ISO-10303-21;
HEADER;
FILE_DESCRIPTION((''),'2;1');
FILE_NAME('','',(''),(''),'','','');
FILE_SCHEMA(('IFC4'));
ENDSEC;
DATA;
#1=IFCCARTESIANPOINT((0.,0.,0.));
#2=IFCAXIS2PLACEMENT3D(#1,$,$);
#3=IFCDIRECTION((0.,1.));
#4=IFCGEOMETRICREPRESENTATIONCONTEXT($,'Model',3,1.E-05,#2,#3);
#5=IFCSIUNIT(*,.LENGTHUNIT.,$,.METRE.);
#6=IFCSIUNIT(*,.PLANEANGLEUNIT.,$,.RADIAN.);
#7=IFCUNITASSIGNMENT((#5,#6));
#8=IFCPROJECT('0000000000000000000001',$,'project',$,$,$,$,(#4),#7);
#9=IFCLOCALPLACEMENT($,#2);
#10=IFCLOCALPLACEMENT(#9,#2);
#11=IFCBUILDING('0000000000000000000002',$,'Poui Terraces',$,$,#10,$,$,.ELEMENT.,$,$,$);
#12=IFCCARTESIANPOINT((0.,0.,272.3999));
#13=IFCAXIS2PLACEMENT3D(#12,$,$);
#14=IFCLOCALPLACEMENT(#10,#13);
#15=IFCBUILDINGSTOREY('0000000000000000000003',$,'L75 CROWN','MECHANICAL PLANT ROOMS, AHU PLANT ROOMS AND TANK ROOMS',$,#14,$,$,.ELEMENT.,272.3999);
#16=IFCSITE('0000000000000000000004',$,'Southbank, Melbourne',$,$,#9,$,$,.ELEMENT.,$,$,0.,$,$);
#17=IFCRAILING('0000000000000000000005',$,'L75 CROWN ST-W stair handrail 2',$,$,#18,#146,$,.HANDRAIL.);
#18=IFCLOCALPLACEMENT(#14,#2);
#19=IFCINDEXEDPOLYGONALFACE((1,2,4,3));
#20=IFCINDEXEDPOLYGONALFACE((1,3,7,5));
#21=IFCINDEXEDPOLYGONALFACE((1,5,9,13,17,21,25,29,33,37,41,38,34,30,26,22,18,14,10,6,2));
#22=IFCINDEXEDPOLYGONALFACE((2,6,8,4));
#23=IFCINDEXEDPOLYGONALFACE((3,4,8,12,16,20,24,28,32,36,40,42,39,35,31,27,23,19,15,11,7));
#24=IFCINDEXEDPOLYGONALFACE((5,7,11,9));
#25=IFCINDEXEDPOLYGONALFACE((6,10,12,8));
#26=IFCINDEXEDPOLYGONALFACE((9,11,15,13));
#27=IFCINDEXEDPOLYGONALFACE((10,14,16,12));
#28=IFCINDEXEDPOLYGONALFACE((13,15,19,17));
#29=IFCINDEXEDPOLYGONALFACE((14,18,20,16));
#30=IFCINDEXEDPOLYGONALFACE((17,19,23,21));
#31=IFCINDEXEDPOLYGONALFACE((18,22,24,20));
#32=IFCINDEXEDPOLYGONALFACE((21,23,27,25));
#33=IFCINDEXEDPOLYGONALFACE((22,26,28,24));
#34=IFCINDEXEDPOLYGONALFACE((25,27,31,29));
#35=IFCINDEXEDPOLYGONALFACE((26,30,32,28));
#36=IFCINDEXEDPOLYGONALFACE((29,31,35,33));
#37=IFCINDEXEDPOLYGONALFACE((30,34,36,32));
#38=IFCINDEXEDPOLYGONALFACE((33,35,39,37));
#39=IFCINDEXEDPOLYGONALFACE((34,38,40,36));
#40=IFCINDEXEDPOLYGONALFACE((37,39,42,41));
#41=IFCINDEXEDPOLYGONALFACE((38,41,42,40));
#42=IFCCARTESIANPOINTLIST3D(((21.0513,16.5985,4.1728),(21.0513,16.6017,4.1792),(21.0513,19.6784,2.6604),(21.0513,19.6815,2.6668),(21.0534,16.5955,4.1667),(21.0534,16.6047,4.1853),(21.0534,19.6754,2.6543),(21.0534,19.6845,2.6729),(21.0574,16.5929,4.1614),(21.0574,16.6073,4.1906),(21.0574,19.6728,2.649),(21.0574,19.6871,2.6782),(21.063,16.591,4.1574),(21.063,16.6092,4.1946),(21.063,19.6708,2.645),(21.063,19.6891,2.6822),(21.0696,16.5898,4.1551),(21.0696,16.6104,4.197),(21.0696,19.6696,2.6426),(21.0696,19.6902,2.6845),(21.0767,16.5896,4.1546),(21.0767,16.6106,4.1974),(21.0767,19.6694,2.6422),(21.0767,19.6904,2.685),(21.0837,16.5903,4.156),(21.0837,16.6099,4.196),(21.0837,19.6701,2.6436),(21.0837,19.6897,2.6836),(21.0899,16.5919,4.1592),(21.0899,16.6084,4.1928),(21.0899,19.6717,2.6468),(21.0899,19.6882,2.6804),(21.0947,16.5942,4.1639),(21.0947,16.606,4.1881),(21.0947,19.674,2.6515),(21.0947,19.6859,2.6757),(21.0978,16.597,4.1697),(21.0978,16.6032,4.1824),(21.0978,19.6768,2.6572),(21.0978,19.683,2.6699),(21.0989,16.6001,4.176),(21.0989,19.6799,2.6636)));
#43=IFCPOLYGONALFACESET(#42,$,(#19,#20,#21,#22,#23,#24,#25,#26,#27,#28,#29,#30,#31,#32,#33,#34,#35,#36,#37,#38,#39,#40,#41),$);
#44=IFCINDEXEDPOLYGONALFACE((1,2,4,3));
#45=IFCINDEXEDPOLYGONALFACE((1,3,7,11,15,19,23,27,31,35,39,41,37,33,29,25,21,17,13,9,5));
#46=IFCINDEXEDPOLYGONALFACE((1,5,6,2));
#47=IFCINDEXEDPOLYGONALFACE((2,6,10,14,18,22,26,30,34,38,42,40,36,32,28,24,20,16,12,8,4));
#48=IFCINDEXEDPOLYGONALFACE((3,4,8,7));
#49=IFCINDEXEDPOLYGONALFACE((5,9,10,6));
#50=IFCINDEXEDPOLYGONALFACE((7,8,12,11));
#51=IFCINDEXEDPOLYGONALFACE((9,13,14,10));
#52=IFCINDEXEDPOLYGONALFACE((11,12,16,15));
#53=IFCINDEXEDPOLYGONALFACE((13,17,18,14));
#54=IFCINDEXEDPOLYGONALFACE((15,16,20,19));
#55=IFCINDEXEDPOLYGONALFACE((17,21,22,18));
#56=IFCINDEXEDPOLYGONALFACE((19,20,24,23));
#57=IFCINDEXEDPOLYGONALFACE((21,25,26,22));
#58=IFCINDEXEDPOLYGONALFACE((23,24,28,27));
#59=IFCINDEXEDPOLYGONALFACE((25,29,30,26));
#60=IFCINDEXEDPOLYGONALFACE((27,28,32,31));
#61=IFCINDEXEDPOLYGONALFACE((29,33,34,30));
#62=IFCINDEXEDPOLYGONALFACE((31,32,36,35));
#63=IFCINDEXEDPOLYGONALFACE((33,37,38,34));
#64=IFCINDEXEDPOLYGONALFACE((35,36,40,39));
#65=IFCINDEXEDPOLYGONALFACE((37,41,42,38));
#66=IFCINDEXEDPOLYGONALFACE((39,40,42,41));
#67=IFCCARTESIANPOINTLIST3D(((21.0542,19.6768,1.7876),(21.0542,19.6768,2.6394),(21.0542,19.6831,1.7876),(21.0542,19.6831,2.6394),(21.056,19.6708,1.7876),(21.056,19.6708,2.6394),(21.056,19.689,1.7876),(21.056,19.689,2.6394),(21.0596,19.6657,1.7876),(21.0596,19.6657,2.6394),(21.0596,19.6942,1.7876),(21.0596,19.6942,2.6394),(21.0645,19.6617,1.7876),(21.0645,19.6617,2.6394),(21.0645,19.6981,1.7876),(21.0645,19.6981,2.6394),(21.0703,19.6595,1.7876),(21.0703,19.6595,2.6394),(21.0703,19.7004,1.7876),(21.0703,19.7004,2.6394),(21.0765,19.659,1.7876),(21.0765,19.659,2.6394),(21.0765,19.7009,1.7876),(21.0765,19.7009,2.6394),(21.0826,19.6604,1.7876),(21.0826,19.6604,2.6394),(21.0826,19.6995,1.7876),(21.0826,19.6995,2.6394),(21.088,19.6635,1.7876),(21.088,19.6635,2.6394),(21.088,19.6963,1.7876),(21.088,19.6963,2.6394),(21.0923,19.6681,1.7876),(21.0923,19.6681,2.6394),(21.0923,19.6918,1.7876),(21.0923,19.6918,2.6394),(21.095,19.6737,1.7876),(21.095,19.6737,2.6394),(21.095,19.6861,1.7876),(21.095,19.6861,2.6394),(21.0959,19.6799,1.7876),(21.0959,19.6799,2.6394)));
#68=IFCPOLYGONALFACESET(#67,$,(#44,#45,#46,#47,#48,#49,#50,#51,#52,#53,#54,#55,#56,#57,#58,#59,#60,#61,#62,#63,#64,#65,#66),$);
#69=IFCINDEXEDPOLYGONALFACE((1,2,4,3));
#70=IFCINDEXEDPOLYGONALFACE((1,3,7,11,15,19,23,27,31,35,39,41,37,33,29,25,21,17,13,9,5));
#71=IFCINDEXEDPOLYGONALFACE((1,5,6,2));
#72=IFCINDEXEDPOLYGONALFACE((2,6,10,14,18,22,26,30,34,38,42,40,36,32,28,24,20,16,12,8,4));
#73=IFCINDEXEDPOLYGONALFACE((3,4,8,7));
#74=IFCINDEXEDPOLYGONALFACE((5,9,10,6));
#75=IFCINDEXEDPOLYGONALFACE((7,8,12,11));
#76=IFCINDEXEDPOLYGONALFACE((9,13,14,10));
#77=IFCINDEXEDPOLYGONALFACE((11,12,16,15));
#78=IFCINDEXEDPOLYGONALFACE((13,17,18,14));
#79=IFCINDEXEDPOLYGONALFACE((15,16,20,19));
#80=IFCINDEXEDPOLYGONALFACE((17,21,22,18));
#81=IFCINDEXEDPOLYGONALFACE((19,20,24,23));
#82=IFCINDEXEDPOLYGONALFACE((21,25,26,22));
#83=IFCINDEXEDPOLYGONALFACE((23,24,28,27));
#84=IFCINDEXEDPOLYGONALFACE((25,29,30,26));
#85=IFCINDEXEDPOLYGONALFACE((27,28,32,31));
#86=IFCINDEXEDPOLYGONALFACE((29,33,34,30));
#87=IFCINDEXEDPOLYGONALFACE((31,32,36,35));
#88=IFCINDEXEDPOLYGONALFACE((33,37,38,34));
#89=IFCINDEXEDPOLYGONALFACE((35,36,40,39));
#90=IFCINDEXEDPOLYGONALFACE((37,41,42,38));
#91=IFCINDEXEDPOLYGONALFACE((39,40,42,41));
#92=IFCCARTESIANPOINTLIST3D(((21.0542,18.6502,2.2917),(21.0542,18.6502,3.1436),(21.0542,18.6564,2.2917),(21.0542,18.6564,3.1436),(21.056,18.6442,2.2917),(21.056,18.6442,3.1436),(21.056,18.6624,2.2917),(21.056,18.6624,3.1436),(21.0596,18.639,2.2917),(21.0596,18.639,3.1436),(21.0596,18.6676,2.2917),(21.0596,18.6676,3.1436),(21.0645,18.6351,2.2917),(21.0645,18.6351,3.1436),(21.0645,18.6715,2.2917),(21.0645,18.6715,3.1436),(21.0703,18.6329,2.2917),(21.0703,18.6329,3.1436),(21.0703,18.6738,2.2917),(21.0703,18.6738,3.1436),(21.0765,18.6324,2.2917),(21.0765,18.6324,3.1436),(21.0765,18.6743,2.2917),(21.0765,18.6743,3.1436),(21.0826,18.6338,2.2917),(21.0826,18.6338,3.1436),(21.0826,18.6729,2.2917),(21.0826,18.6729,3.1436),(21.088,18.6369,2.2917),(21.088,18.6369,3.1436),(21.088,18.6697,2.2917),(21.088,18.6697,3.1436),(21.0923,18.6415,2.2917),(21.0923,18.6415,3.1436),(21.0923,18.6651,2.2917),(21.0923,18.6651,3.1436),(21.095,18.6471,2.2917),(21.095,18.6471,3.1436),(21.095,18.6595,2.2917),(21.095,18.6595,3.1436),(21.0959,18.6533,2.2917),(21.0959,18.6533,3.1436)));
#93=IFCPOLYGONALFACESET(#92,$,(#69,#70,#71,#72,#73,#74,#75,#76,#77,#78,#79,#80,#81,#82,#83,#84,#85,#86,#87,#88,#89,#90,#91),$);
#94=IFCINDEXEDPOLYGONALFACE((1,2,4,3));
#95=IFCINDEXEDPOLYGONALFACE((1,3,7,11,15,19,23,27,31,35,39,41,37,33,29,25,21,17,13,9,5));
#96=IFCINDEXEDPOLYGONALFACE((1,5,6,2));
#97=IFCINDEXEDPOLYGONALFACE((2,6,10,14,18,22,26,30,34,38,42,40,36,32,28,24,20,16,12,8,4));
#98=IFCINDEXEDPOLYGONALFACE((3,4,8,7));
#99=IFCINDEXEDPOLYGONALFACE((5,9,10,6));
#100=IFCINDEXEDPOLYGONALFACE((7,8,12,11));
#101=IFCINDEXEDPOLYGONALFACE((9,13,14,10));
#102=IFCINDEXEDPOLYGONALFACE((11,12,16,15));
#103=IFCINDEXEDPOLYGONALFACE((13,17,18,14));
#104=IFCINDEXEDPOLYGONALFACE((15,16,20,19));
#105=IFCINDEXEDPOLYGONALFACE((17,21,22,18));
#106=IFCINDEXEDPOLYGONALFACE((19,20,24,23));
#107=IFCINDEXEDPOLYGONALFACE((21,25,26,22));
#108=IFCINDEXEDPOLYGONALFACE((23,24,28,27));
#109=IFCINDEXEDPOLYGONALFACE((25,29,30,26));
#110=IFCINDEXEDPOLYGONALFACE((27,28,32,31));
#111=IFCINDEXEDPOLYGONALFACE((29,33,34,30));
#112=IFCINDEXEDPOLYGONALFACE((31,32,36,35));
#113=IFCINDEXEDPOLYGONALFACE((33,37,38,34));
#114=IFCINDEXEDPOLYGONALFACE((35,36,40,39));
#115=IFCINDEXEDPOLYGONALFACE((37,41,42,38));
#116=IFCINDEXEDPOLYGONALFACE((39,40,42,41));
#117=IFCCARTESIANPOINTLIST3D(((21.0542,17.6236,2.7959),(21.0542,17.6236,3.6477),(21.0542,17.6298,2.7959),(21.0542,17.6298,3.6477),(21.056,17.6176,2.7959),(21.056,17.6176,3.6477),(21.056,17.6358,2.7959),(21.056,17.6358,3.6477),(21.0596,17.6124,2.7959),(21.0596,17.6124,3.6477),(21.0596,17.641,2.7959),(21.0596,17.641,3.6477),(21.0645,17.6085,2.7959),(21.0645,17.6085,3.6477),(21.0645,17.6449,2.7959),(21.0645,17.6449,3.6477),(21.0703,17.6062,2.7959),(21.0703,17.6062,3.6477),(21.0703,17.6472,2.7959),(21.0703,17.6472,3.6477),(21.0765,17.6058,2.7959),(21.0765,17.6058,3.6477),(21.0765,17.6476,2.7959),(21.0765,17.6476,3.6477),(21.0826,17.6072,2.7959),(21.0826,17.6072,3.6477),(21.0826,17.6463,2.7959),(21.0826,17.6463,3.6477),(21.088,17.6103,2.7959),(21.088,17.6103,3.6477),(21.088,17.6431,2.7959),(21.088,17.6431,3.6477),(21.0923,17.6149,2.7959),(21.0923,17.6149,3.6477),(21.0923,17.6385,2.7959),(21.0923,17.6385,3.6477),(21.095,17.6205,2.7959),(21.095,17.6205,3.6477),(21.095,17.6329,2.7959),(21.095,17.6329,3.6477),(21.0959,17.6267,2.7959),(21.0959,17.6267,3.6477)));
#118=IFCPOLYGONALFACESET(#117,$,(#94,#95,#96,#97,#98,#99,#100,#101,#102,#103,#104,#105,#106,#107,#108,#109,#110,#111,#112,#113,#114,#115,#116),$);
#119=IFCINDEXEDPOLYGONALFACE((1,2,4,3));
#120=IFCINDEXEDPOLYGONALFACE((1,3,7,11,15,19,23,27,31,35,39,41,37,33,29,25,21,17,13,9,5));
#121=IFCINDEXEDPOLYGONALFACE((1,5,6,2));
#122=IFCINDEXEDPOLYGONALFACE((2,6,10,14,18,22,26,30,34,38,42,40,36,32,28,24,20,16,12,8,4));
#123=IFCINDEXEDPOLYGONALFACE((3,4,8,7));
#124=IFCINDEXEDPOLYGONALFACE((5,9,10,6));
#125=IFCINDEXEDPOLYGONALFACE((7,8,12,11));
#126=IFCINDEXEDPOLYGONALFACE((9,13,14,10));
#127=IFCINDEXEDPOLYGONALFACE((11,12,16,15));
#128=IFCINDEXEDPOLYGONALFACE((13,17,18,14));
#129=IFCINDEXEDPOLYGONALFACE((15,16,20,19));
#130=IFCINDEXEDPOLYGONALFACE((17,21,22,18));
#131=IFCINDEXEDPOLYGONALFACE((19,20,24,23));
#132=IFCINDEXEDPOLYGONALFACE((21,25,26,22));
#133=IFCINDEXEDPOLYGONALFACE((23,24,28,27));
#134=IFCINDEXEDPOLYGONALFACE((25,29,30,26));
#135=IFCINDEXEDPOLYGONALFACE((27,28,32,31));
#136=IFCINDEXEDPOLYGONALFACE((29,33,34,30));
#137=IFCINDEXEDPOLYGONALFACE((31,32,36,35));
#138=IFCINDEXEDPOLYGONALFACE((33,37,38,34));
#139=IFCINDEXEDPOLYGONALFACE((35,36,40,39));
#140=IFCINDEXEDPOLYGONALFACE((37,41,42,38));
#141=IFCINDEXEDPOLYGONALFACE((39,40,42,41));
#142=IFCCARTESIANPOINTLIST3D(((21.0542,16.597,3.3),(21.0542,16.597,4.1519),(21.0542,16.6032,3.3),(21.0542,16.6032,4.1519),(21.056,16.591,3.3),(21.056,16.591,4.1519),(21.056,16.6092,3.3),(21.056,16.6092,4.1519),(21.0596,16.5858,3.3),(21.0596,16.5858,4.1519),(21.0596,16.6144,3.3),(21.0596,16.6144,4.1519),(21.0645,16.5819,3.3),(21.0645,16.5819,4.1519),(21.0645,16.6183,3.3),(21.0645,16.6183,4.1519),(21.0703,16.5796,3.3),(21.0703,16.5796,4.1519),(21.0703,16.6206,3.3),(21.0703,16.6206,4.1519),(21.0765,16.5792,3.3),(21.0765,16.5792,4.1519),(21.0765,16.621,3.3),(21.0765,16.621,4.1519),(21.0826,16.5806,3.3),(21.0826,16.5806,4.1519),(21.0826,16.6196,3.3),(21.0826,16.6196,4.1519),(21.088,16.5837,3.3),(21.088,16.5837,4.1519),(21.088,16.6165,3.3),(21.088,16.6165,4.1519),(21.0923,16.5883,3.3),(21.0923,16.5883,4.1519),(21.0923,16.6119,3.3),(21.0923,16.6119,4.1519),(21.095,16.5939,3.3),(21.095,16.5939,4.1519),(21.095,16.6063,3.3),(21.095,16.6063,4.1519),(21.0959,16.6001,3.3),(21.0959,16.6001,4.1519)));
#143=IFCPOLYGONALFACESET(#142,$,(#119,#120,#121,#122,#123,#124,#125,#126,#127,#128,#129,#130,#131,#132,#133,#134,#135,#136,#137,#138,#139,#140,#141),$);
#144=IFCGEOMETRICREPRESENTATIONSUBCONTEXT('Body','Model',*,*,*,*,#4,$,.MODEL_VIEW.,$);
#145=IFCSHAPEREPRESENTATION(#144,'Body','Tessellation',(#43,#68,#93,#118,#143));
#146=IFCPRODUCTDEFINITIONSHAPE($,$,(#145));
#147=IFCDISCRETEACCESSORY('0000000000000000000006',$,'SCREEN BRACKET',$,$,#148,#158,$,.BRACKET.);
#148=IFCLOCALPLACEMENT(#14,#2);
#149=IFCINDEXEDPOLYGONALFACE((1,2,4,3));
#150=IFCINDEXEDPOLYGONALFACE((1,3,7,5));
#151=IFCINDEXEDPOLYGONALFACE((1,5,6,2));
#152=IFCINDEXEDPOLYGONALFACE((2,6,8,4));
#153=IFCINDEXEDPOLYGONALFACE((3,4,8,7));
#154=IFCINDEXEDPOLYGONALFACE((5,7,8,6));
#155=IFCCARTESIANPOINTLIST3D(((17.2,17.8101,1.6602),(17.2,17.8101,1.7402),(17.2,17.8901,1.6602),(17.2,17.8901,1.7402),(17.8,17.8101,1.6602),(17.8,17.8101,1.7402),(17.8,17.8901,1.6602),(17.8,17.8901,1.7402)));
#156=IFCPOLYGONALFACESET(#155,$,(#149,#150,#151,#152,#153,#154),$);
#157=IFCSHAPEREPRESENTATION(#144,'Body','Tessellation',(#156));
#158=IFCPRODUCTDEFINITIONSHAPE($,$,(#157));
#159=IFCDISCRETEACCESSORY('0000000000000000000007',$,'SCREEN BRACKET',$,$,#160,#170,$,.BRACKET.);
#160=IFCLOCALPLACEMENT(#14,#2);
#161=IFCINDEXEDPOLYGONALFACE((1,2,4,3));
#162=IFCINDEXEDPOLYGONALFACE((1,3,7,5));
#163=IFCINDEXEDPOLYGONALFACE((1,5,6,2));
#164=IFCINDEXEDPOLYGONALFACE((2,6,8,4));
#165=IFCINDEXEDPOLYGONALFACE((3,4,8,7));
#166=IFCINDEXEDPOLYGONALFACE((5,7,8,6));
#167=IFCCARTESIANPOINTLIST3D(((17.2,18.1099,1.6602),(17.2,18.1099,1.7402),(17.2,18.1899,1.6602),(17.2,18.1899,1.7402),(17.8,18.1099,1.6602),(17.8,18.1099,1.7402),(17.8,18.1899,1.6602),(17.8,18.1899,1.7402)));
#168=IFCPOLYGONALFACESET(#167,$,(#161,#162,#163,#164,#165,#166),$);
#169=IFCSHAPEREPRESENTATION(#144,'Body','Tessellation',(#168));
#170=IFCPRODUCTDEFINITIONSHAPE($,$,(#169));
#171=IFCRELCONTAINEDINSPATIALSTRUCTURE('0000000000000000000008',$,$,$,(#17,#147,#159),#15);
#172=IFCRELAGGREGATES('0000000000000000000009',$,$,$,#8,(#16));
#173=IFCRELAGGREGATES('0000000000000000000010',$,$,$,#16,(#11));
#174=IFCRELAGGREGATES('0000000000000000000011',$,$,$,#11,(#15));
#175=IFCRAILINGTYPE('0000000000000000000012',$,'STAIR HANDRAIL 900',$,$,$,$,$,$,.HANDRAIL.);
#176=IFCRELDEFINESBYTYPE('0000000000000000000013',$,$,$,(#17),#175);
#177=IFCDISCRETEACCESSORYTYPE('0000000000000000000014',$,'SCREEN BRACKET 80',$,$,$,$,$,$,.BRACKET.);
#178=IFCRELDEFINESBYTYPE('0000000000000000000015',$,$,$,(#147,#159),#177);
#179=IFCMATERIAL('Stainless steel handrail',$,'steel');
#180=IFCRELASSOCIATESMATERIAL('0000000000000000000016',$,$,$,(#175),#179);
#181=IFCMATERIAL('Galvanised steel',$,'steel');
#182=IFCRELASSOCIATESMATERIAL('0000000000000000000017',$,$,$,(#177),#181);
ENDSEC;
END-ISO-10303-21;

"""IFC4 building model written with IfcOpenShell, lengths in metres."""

from ifc_helpers import new_model, si_unit, direction, frame, origin, origin_2d, place, context, subcontext, project, spatial, rectangle, circle, extrude, source, transform, mapped, material, material_profile, profile_set, type_object, element, save


model = new_model("IFC4")

# Units and contexts
model_context = context("Model", 3, precision=1e-05, world=origin(), true_north=direction((0.0, 1.0)))
body_context = subcontext(model_context, "Body", "Model", "MODEL_VIEW")
ifc_project = project(units=[si_unit("LENGTHUNIT", "METRE"), si_unit("PLANEANGLEUNIT", "RADIAN")], contexts=[model_context])

# Site, building, storey
site_placement = place(None, origin())
site = spatial("IfcSite", under=ifc_project, at=site_placement, Name="Southbank, Melbourne", CompositionType="ELEMENT", RefElevation=0.0)
building_placement = place(site_placement, origin())
building = spatial("IfcBuilding", under=site, at=building_placement, Name="Poui Terraces", CompositionType="ELEMENT")
storey_placement = place(building_placement, frame((0.0, 0.0, 272.3999)))
storey = spatial("IfcBuildingStorey", under=building, at=storey_placement, Name="L75 CROWN", Description="MECHANICAL PLANT ROOMS, AHU PLANT ROOMS AND TANK ROOMS", CompositionType="ELEMENT", Elevation=272.3999)

# Railing
ifc_material_1 = material(Name="Stainless steel handrail", Category="steel")
railing_type_1 = type_object("IfcRailingType", Name="STAIR HANDRAIL 900", PredefinedType="HANDRAIL", material=ifc_material_1)
railing_1_placement = place(storey_placement, frame((21.075, 19.6799, 1.7876)))
element("IfcRailing", 1, at=railing_1_placement, inside=storey, type_object=railing_type_1, Name="L75 CROWN ST-W stair handrail 2", PredefinedType="HANDRAIL", context=body_context, shape_type="SweptSolid", body=[
    extrude(circle(Radius=0.0239, at=origin_2d()), frame((0.0, 0.0, 0.876), z_axis=(0.0, -0.897606, 0.440798), x_axis=(1.0, 0.0, 0.0)), (0.0, 0.0, 1.0), 3.4312),
    extrude(circle(Radius=0.021, at=origin_2d()), origin(), (0.0, 0.0, 1.0), 0.8518),
    extrude(circle(Radius=0.021, at=origin_2d()), frame((0.0, -1.0266, 0.5042)), (0.0, 0.0, 1.0), 0.8518),
    extrude(circle(Radius=0.021, at=origin_2d()), frame((0.0, -2.0532, 1.0083)), (0.0, 0.0, 1.0), 0.8518),
    extrude(circle(Radius=0.021, at=origin_2d()), frame((0.0, -3.0798, 1.5125)), (0.0, 0.0, 1.0), 0.8518),
])

# Discrete accessories
ifc_material_2 = material(Name="Galvanised steel", Category="steel")
ifc_material_profile_1 = material_profile(ifc_material_2, rectangle(XDim=0.0801, YDim=0.0801, at=origin_2d()), Name="SCREEN BRACKET 80")
ifc_profile_set_1 = profile_set([ifc_material_profile_1], Name="Galvanised steel")
discrete_accessory_type = type_object("IfcDiscreteAccessoryType", Name="SCREEN BRACKET 80", PredefinedType="BRACKET", material=ifc_profile_set_1)
shared_shape_1 = source(origin(), body_context, "Body", "SweptSolid", [
    extrude(rectangle(XDim=0.0801, YDim=0.0801, at=origin_2d()), origin(), (0.0, 0.0, 1.0), 0.6001),
])
for number, where, z_axis, x_axis, name in (
    (2, (17.8, 17.8501, 1.7002), (-1.0, 0.0, 0.0), (0.0, -1.0, 0.0), "SCREEN BRACKET"),
    (3, (17.8, 18.1499, 1.7002), (-1.0, 0.0, 0.0), (0.0, -1.0, 0.0), "SCREEN BRACKET"),
):
    element("IfcDiscreteAccessory", number, at=place(storey_placement, frame(where, z_axis=z_axis, x_axis=x_axis)), inside=storey, type_object=discrete_accessory_type, Name=name, PredefinedType="BRACKET", context=body_context, shape_type="MappedRepresentation", body=[
        mapped(shared_shape_1, transform((0.0, 0.0, 0.0))),
    ])

save(model, "model.ifc")
